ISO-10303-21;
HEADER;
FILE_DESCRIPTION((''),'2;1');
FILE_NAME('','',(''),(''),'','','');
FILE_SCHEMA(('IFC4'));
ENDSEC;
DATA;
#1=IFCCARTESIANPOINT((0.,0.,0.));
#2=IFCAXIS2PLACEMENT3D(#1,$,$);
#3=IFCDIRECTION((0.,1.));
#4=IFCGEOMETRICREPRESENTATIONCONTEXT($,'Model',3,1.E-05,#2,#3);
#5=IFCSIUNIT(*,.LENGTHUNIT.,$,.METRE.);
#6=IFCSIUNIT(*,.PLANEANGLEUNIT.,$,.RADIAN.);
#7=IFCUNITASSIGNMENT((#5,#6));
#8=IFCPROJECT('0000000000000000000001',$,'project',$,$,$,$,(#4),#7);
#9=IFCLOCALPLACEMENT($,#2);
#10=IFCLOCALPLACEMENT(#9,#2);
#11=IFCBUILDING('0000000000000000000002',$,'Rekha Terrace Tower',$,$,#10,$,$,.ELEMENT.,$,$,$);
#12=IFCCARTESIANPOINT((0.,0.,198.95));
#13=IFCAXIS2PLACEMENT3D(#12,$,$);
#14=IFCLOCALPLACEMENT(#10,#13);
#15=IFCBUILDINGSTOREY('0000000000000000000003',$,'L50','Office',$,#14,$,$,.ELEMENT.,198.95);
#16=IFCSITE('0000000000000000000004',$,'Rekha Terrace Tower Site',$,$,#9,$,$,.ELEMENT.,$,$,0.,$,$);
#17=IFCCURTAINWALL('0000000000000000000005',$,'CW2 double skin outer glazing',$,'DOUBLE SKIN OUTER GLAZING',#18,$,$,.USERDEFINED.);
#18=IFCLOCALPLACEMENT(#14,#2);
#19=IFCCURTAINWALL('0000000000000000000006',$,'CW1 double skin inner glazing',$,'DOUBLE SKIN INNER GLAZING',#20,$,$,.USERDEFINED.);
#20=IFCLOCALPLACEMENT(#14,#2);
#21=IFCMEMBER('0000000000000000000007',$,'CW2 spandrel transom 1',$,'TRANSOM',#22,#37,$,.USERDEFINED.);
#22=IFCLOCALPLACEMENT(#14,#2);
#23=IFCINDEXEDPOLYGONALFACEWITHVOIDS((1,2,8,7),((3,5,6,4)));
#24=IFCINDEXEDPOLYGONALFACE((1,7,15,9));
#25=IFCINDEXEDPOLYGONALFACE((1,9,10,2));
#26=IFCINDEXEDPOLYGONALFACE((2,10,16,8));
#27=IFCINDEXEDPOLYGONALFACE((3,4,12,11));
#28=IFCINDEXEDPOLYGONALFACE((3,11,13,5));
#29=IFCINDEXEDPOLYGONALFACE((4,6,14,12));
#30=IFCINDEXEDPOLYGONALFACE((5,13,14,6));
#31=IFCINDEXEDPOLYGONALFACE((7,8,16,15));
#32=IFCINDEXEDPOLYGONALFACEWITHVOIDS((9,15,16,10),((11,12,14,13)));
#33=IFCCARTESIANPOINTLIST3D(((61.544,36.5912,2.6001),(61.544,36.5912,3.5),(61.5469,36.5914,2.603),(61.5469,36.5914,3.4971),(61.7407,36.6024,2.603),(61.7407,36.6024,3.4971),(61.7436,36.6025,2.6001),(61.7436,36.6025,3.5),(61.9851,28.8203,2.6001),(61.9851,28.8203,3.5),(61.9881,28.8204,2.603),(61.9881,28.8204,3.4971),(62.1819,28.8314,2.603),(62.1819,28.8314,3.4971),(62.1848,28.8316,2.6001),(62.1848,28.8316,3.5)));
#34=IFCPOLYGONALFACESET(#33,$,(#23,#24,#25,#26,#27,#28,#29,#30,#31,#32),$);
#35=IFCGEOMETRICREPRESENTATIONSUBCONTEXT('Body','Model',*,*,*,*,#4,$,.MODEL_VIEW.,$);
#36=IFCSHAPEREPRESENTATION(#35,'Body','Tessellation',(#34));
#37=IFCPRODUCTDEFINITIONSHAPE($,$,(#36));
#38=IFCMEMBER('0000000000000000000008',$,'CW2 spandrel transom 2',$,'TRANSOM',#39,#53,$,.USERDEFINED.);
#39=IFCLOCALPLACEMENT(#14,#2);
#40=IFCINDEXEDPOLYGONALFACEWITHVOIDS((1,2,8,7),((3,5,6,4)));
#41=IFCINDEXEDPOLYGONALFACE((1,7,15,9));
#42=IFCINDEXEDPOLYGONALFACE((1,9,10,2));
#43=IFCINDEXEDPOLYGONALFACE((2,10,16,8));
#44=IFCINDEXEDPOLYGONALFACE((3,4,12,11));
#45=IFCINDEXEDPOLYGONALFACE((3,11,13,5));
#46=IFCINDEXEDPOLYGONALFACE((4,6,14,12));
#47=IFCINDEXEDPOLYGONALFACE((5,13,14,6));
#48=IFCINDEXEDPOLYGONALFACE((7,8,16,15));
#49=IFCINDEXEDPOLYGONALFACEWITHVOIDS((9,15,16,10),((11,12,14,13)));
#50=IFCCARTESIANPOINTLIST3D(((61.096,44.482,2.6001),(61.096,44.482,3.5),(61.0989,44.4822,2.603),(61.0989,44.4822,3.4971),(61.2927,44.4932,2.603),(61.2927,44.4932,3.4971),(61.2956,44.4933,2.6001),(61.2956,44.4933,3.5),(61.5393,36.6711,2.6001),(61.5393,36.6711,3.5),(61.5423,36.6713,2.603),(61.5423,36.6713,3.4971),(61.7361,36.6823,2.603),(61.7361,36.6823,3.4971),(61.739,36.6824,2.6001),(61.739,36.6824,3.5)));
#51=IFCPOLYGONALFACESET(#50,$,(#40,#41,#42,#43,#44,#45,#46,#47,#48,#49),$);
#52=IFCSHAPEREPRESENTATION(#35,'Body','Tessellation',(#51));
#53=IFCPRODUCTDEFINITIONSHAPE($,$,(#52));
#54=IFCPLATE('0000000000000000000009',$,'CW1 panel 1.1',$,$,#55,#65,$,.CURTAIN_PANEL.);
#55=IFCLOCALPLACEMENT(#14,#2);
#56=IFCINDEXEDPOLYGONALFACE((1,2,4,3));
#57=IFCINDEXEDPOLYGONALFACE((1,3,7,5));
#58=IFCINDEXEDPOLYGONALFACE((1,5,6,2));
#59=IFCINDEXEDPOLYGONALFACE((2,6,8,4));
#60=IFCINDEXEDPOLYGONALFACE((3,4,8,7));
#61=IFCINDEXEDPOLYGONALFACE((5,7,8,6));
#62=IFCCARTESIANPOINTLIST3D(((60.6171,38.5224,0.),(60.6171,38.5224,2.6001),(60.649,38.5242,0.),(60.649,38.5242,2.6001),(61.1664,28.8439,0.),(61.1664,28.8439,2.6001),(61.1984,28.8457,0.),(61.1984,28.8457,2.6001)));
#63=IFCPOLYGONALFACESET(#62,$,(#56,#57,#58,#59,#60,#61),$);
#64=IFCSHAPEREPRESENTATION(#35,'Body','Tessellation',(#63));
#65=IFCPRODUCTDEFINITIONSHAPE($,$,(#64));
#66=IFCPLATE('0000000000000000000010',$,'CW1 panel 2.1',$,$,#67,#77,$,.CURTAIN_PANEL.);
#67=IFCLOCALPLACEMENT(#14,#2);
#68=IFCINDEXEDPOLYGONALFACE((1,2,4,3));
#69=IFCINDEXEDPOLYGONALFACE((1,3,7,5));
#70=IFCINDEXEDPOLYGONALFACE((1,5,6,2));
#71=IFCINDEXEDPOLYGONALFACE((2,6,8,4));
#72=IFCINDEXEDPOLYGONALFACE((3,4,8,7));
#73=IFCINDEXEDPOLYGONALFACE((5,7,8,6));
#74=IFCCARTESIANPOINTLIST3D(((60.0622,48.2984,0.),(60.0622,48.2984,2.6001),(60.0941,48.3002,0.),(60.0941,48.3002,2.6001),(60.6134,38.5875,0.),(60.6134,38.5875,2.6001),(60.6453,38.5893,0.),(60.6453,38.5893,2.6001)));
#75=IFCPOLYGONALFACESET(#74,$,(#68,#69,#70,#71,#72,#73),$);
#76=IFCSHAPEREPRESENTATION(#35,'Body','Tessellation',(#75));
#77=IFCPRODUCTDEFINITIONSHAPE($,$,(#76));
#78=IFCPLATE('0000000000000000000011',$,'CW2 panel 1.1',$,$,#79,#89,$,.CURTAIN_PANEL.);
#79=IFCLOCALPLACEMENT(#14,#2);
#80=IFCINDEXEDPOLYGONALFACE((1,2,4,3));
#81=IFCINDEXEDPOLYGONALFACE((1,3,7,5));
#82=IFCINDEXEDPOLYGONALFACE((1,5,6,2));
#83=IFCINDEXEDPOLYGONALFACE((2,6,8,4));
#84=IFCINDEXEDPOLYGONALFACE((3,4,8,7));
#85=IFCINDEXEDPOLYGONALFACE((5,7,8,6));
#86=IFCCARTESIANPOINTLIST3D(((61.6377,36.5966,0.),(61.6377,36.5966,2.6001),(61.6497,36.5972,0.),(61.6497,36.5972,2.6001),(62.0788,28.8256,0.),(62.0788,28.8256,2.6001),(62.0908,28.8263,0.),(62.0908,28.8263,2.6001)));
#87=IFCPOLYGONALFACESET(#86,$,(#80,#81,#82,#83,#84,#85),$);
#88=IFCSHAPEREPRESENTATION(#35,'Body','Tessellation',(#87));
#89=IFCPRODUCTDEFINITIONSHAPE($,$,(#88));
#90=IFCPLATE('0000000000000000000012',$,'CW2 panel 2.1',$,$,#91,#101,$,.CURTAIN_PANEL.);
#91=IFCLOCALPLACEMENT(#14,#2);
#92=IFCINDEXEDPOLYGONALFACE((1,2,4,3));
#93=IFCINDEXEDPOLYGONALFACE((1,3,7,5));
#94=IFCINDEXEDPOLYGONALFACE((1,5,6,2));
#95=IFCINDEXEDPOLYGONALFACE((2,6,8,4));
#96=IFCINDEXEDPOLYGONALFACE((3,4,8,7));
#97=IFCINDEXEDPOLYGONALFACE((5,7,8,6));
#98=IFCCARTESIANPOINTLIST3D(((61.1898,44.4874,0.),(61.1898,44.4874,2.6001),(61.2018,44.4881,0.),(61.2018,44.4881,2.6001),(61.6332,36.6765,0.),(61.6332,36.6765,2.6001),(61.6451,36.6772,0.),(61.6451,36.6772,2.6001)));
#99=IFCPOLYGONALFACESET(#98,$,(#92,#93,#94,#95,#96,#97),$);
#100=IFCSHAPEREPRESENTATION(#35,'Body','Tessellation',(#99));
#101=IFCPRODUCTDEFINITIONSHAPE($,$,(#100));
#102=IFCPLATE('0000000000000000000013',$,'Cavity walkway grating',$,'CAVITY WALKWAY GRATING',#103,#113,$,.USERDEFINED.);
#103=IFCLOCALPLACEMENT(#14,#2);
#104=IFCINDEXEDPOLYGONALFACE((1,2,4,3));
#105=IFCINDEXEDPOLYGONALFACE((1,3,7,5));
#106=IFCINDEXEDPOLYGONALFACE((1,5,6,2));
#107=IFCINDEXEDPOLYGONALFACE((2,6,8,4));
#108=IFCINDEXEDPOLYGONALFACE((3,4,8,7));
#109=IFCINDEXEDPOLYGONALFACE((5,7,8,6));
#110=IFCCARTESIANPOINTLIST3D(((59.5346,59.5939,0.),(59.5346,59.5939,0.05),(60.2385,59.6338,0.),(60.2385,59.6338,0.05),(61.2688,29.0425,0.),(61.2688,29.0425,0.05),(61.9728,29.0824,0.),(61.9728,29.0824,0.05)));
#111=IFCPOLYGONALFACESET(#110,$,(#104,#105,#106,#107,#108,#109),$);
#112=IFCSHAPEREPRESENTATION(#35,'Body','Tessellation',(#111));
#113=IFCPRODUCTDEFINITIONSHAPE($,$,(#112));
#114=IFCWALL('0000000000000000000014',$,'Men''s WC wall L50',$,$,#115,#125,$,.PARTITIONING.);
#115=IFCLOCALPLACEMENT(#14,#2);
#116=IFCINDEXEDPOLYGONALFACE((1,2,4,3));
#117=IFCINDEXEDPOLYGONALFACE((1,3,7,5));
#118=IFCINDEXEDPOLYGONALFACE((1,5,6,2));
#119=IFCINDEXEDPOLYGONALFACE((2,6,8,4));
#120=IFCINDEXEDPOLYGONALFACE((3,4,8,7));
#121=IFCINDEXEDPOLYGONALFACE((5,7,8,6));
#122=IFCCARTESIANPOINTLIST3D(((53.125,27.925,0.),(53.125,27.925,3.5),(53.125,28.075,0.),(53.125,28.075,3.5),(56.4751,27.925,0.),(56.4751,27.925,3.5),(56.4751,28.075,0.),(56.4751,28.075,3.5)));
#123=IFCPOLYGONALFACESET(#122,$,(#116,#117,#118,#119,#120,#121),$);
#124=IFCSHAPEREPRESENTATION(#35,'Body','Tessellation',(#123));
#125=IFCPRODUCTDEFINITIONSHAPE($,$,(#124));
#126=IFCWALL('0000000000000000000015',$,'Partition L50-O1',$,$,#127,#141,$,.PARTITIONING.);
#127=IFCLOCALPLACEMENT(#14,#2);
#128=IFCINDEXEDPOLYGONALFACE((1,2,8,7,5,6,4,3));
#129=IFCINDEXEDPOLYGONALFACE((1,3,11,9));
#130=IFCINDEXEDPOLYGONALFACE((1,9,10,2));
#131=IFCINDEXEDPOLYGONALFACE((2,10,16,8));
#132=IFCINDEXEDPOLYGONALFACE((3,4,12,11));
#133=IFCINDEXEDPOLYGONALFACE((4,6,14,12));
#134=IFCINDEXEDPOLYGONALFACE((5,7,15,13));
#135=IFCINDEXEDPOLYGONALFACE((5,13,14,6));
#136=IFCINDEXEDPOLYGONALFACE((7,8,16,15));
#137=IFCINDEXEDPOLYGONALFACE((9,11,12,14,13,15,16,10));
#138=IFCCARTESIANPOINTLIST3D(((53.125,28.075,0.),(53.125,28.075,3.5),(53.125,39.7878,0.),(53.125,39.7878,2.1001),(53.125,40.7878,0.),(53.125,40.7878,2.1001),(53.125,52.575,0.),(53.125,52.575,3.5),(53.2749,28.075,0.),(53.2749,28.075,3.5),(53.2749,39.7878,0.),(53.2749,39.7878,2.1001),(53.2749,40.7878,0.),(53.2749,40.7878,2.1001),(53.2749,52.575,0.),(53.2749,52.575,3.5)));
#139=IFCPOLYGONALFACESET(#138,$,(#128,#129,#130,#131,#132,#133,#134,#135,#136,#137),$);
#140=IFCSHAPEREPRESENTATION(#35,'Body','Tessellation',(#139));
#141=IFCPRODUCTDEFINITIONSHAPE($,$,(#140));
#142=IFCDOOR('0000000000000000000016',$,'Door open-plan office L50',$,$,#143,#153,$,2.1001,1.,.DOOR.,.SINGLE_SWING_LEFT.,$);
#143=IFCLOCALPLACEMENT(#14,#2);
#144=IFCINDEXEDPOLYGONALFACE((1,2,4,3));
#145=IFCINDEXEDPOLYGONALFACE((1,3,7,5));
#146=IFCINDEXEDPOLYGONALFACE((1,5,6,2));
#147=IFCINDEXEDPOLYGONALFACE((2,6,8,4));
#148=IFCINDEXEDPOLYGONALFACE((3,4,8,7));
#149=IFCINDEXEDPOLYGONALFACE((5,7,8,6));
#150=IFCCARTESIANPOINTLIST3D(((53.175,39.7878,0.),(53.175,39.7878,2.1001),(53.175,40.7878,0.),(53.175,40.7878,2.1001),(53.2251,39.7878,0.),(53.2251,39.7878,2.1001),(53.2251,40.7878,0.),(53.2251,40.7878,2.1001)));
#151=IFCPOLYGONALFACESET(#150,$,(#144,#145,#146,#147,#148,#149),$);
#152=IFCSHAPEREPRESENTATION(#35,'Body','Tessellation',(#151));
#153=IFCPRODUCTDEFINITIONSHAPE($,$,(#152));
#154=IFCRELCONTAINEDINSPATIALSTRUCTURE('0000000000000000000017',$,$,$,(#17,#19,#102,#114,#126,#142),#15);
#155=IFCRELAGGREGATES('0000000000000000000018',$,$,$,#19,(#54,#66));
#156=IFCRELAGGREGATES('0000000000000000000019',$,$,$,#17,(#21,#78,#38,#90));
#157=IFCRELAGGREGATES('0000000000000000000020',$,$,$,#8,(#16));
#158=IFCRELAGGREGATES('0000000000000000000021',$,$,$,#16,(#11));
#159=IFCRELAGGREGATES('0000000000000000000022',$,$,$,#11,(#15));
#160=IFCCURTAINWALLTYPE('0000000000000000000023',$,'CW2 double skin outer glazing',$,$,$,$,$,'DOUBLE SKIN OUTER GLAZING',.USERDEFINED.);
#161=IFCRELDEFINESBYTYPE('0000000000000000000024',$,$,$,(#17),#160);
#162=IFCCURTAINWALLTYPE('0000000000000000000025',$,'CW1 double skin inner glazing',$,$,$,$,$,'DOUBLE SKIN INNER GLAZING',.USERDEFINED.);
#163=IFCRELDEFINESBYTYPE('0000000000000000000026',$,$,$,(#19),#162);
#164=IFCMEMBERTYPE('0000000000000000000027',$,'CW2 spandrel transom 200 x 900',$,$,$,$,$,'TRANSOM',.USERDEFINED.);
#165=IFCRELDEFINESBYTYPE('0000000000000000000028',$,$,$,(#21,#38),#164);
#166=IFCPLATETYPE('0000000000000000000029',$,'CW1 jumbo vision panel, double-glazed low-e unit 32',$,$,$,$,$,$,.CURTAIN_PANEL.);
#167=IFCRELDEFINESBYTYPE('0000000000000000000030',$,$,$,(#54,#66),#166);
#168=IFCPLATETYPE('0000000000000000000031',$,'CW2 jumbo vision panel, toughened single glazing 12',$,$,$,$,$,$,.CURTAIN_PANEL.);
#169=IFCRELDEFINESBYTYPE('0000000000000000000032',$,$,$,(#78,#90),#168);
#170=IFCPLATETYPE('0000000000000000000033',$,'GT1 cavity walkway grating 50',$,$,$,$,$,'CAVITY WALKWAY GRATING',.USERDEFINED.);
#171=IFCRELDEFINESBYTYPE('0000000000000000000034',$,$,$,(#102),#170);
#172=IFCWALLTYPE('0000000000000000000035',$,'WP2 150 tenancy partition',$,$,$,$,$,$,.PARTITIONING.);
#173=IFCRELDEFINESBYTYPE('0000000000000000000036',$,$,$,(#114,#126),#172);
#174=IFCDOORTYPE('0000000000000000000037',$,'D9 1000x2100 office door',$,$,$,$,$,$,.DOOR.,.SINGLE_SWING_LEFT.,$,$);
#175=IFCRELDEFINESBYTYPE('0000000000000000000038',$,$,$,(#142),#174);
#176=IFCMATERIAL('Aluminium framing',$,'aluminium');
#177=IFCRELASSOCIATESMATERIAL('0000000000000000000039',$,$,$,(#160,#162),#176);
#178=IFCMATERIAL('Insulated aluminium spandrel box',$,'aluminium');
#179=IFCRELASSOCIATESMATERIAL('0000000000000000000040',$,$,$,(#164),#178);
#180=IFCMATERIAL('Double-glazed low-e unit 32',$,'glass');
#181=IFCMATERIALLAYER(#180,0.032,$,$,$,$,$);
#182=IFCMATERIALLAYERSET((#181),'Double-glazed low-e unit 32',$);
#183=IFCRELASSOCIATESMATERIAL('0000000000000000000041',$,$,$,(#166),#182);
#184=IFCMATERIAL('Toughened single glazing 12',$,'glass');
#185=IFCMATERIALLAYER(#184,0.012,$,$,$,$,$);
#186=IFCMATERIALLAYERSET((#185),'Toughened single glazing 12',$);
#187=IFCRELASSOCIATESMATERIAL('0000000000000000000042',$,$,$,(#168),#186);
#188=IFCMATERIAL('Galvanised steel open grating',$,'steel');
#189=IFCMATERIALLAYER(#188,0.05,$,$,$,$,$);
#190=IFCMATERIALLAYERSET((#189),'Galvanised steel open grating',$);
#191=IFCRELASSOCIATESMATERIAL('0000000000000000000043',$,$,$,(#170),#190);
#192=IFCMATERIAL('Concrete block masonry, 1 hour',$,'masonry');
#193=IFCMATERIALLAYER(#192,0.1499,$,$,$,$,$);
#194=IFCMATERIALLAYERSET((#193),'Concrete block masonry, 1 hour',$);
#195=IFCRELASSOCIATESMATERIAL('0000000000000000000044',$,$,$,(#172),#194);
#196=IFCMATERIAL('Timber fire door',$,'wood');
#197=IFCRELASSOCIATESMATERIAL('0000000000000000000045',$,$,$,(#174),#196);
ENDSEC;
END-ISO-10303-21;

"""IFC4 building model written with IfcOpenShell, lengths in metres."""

from ifc_helpers import new_model, si_unit, direction, frame, frame_2d, origin, origin_2d, place, context, subcontext, project, spatial, rectangle, hollow_rectangle, extrude, material, layer, layer_set, material_profile, profile_set, type_object, element, fill, aggregate, save


model = new_model("IFC4")

# Units and contexts
model_context = context("Model", 3, precision=1e-05, world=origin(), true_north=direction((0.0, 1.0)))
body_context = subcontext(model_context, "Body", "Model", "MODEL_VIEW")
ifc_project = project(units=[si_unit("LENGTHUNIT", "METRE"), si_unit("PLANEANGLEUNIT", "RADIAN")], contexts=[model_context])

# Site, building, storey
site_placement = place(None, origin())
site = spatial("IfcSite", under=ifc_project, at=site_placement, Name="Rekha Terrace Tower Site", CompositionType="ELEMENT", RefElevation=0.0)
building_placement = place(site_placement, origin())
building = spatial("IfcBuilding", under=site, at=building_placement, Name="Rekha Terrace Tower", CompositionType="ELEMENT")
storey_placement = place(building_placement, frame((0.0, 0.0, 198.95)))
storey = spatial("IfcBuildingStorey", under=building, at=storey_placement, Name="L50", Description="Office", CompositionType="ELEMENT", Elevation=198.95)

# Curtain wall
ifc_material_1 = material(Name="Aluminium framing", Category="aluminium")
curtain_wall_type_1 = type_object("IfcCurtainWallType", Name="CW2 double skin outer glazing", ElementType="DOUBLE SKIN OUTER GLAZING", PredefinedType="USERDEFINED", material=ifc_material_1)
curtain_wall_1_placement = place(storey_placement, origin())
curtain_wall_1 = element("IfcCurtainWall", 1, at=curtain_wall_1_placement, inside=storey, type_object=curtain_wall_type_1, Name="CW2 double skin outer glazing", ObjectType="DOUBLE SKIN OUTER GLAZING", PredefinedType="USERDEFINED")

# Curtain wall
curtain_wall_type_2 = type_object("IfcCurtainWallType", Name="CW1 double skin inner glazing", ElementType="DOUBLE SKIN INNER GLAZING", PredefinedType="USERDEFINED", material=ifc_material_1)
curtain_wall_2_placement = place(storey_placement, origin())
curtain_wall_2 = element("IfcCurtainWall", 2, at=curtain_wall_2_placement, inside=storey, type_object=curtain_wall_type_2, Name="CW1 double skin inner glazing", ObjectType="DOUBLE SKIN INNER GLAZING", PredefinedType="USERDEFINED")
ifc_material_2 = material(Name="Insulated aluminium spandrel box", Category="aluminium")

# Members
ifc_material_profile_1 = material_profile(ifc_material_2, hollow_rectangle(XDim=0.2, YDim=0.8999, WallThickness=0.0029, at=origin_2d()), Name="AL SPANDREL BOX 200x900")
ifc_profile_set_1 = profile_set([ifc_material_profile_1], Name="Insulated aluminium spandrel box")
member_type_1 = type_object("IfcMemberType", Name="CW2 spandrel transom 200 x 900", ElementType="TRANSOM", PredefinedType="USERDEFINED", material=ifc_profile_set_1)
member_1_placement = place(storey_placement, frame((62.085, 28.8259, 3.05), z_axis=(-0.056679, 0.998392, 0.0), x_axis=(-0.998392, -0.056679, 0.0)))
member_1 = element("IfcMember", 3, at=member_1_placement, type_object=member_type_1, Name="CW2 spandrel transom 1", ObjectType="TRANSOM", PredefinedType="USERDEFINED", context=body_context, shape_type="SweptSolid", body=[
    extrude(hollow_rectangle(XDim=0.2, YDim=0.8999, WallThickness=0.0029, at=origin_2d()), origin(), (0.0, 0.0, 1.0), 7.7834),
])
member_2_placement = place(storey_placement, frame((61.6392, 36.6768, 3.05), z_axis=(-0.056669, 0.998393, 0.0), x_axis=(-0.998393, -0.056669, 0.0)))
member_2 = element("IfcMember", 4, at=member_2_placement, type_object=member_type_1, Name="CW2 spandrel transom 2", ObjectType="TRANSOM", PredefinedType="USERDEFINED", context=body_context, shape_type="SweptSolid", body=[
    extrude(hollow_rectangle(XDim=0.2, YDim=0.8999, WallThickness=0.0029, at=origin_2d()), origin(), (0.0, 0.0, 1.0), 7.8235),
])

# Plates
ifc_material_3 = material(Name="Double-glazed low-e unit 32", Category="glass")
ifc_layer_1 = layer(ifc_material_3, 0.032)
ifc_layer_set_1 = layer_set([ifc_layer_1], Name="Double-glazed low-e unit 32")
plate_type_1 = type_object("IfcPlateType", Name="CW1 jumbo vision panel, double-glazed low-e unit 32", PredefinedType="CURTAIN_PANEL", material=ifc_layer_set_1)
plate_1_placement = place(storey_placement, frame((60.9077, 33.6841, 0.0), z_axis=(0.0, 0.0, 1.0), x_axis=(-0.056673, 0.998393, 0.0)))
plate_1 = element("IfcPlate", 5, at=plate_1_placement, type_object=plate_type_1, Name="CW1 panel 1.1", PredefinedType="CURTAIN_PANEL", context=body_context, shape_type="SweptSolid", body=[
    extrude(rectangle(XDim=9.6941, YDim=0.032, at=origin_2d()), origin(), (0.0, 0.0, 1.0), 2.6001),
])
plate_2_placement = place(storey_placement, frame((60.3538, 43.4438, 0.0), z_axis=(0.0, 0.0, 1.0), x_axis=(-0.056673, 0.998393, 0.0)))
plate_2 = element("IfcPlate", 6, at=plate_2_placement, type_object=plate_type_1, Name="CW1 panel 2.1", PredefinedType="CURTAIN_PANEL", context=body_context, shape_type="SweptSolid", body=[
    extrude(rectangle(XDim=9.7266, YDim=0.032, at=origin_2d()), origin(), (0.0, 0.0, 1.0), 2.6001),
])
aggregate(curtain_wall_2, [plate_1, plate_2])
ifc_material_4 = material(Name="Toughened single glazing 12", Category="glass")
ifc_layer_2 = layer(ifc_material_4, 0.012)
ifc_layer_set_2 = layer_set([ifc_layer_2], Name="Toughened single glazing 12")
plate_type_2 = type_object("IfcPlateType", Name="CW2 jumbo vision panel, toughened single glazing 12", PredefinedType="CURTAIN_PANEL", material=ifc_layer_set_2)
plate_3_placement = place(storey_placement, frame((61.8643, 32.7114, 0.0), z_axis=(0.0, 0.0, 1.0), x_axis=(-0.056673, 0.998393, 0.0)))
plate_3 = element("IfcPlate", 7, at=plate_3_placement, type_object=plate_type_2, Name="CW2 panel 1.1", PredefinedType="CURTAIN_PANEL", context=body_context, shape_type="SweptSolid", body=[
    extrude(rectangle(XDim=7.7834, YDim=0.012, at=origin_2d()), origin(), (0.0, 0.0, 1.0), 2.6001),
])
plate_4_placement = place(storey_placement, frame((61.4175, 40.5823, 0.0), z_axis=(0.0, 0.0, 1.0), x_axis=(-0.056673, 0.998393, 0.0)))
plate_4 = element("IfcPlate", 8, at=plate_4_placement, type_object=plate_type_2, Name="CW2 panel 2.1", PredefinedType="CURTAIN_PANEL", context=body_context, shape_type="SweptSolid", body=[
    extrude(rectangle(XDim=7.8235, YDim=0.012, at=origin_2d()), origin(), (0.0, 0.0, 1.0), 2.6001),
])
aggregate(curtain_wall_1, [member_1, plate_3, member_2, plate_4])
ifc_material_5 = material(Name="Galvanised steel open grating", Category="steel")
ifc_layer_3 = layer(ifc_material_5, 0.05)
ifc_layer_set_3 = layer_set([ifc_layer_3], Name="Galvanised steel open grating")
plate_type_3 = type_object("IfcPlateType", Name="GT1 cavity walkway grating 50", ElementType="CAVITY WALKWAY GRATING", PredefinedType="USERDEFINED", material=ifc_layer_set_3)
plate_5_placement = place(storey_placement, frame((60.7537, 44.3381, 0.0), z_axis=(0.0, 0.0, 1.0), x_axis=(-0.056673, 0.998393, 0.0)))
element("IfcPlate", 9, at=plate_5_placement, inside=storey, type_object=plate_type_3, Name="Cavity walkway grating", ObjectType="CAVITY WALKWAY GRATING", PredefinedType="USERDEFINED", context=body_context, shape_type="SweptSolid", body=[
    extrude(rectangle(XDim=30.6006, YDim=0.7051, at=origin_2d()), origin(), (0.0, 0.0, 1.0), 0.05),
])

# Wall
ifc_material_6 = material(Name="Concrete block masonry, 1 hour", Category="masonry")
ifc_layer_4 = layer(ifc_material_6, 0.1499)
ifc_layer_set_4 = layer_set([ifc_layer_4], Name="Concrete block masonry, 1 hour")
wall_type_1 = type_object("IfcWallType", Name="WP2 150 tenancy partition", PredefinedType="PARTITIONING", material=ifc_layer_set_4)
wall_1_placement = place(storey_placement, frame((53.125, 28.0, 0.0), z_axis=(0.0, 0.0, 1.0), x_axis=(1.0, 0.0, 0.0)))
element("IfcWall", 10, at=wall_1_placement, inside=storey, type_object=wall_type_1, Name="Men's WC wall L50", PredefinedType="PARTITIONING", context=body_context, shape_type="SweptSolid", body=[
    extrude(rectangle(XDim=3.3501, YDim=0.1499, at=frame_2d((1.675, 0.0))), origin(), (0.0, 0.0, 1.0), 3.5),
])

# Wall, opening, door
wall_2_placement = place(storey_placement, frame((53.2, 28.075, 0.0), z_axis=(0.0, 0.0, 1.0), x_axis=(0.0, 1.0, 0.0)))
wall_2 = element("IfcWall", 11, at=wall_2_placement, inside=storey, type_object=wall_type_1, Name="Partition L50-O1", PredefinedType="PARTITIONING", context=body_context, shape_type="SweptSolid", body=[
    extrude(rectangle(XDim=24.5, YDim=0.1499, at=frame_2d((12.25, 0.0))), origin(), (0.0, 0.0, 1.0), 3.5),
])
opening_1_placement = place(wall_2_placement, frame((11.7129, 0.0, 0.0)))
opening_1 = element("IfcOpeningElement", 12, at=opening_1_placement, cuts=wall_2, PredefinedType="OPENING", context=body_context, shape_type="SweptSolid", body=[
    extrude(rectangle(XDim=1.0, YDim=2.1001, at=frame_2d((0.5, 1.05))), frame((0.0, 0.085, 0.0), z_axis=(0.0, -1.0, 0.0), x_axis=(1.0, 0.0, 0.0)), (0.0, 0.0, 1.0), 0.1699),
])
ifc_material_7 = material(Name="Timber fire door", Category="wood")
door_type = type_object("IfcDoorType", Name="D9 1000x2100 office door", OperationType="SINGLE_SWING_LEFT", PredefinedType="DOOR", material=ifc_material_7)
door_1_placement = place(opening_1_placement, origin())
door_1 = element("IfcDoor", 13, at=door_1_placement, inside=storey, type_object=door_type, Name="Door open-plan office L50", OperationType="SINGLE_SWING_LEFT", OverallHeight=2.1001, OverallWidth=1.0, PredefinedType="DOOR", context=body_context, shape_type="SweptSolid", body=[
    extrude(rectangle(XDim=1.0, YDim=2.1001, at=frame_2d((0.5, 1.05))), frame((0.0, 0.0249, 0.0), z_axis=(0.0, -1.0, 0.0), x_axis=(1.0, 0.0, 0.0)), (0.0, 0.0, 1.0), 0.05),
])
fill(opening_1, door_1)

save(model, "model.ifc")
